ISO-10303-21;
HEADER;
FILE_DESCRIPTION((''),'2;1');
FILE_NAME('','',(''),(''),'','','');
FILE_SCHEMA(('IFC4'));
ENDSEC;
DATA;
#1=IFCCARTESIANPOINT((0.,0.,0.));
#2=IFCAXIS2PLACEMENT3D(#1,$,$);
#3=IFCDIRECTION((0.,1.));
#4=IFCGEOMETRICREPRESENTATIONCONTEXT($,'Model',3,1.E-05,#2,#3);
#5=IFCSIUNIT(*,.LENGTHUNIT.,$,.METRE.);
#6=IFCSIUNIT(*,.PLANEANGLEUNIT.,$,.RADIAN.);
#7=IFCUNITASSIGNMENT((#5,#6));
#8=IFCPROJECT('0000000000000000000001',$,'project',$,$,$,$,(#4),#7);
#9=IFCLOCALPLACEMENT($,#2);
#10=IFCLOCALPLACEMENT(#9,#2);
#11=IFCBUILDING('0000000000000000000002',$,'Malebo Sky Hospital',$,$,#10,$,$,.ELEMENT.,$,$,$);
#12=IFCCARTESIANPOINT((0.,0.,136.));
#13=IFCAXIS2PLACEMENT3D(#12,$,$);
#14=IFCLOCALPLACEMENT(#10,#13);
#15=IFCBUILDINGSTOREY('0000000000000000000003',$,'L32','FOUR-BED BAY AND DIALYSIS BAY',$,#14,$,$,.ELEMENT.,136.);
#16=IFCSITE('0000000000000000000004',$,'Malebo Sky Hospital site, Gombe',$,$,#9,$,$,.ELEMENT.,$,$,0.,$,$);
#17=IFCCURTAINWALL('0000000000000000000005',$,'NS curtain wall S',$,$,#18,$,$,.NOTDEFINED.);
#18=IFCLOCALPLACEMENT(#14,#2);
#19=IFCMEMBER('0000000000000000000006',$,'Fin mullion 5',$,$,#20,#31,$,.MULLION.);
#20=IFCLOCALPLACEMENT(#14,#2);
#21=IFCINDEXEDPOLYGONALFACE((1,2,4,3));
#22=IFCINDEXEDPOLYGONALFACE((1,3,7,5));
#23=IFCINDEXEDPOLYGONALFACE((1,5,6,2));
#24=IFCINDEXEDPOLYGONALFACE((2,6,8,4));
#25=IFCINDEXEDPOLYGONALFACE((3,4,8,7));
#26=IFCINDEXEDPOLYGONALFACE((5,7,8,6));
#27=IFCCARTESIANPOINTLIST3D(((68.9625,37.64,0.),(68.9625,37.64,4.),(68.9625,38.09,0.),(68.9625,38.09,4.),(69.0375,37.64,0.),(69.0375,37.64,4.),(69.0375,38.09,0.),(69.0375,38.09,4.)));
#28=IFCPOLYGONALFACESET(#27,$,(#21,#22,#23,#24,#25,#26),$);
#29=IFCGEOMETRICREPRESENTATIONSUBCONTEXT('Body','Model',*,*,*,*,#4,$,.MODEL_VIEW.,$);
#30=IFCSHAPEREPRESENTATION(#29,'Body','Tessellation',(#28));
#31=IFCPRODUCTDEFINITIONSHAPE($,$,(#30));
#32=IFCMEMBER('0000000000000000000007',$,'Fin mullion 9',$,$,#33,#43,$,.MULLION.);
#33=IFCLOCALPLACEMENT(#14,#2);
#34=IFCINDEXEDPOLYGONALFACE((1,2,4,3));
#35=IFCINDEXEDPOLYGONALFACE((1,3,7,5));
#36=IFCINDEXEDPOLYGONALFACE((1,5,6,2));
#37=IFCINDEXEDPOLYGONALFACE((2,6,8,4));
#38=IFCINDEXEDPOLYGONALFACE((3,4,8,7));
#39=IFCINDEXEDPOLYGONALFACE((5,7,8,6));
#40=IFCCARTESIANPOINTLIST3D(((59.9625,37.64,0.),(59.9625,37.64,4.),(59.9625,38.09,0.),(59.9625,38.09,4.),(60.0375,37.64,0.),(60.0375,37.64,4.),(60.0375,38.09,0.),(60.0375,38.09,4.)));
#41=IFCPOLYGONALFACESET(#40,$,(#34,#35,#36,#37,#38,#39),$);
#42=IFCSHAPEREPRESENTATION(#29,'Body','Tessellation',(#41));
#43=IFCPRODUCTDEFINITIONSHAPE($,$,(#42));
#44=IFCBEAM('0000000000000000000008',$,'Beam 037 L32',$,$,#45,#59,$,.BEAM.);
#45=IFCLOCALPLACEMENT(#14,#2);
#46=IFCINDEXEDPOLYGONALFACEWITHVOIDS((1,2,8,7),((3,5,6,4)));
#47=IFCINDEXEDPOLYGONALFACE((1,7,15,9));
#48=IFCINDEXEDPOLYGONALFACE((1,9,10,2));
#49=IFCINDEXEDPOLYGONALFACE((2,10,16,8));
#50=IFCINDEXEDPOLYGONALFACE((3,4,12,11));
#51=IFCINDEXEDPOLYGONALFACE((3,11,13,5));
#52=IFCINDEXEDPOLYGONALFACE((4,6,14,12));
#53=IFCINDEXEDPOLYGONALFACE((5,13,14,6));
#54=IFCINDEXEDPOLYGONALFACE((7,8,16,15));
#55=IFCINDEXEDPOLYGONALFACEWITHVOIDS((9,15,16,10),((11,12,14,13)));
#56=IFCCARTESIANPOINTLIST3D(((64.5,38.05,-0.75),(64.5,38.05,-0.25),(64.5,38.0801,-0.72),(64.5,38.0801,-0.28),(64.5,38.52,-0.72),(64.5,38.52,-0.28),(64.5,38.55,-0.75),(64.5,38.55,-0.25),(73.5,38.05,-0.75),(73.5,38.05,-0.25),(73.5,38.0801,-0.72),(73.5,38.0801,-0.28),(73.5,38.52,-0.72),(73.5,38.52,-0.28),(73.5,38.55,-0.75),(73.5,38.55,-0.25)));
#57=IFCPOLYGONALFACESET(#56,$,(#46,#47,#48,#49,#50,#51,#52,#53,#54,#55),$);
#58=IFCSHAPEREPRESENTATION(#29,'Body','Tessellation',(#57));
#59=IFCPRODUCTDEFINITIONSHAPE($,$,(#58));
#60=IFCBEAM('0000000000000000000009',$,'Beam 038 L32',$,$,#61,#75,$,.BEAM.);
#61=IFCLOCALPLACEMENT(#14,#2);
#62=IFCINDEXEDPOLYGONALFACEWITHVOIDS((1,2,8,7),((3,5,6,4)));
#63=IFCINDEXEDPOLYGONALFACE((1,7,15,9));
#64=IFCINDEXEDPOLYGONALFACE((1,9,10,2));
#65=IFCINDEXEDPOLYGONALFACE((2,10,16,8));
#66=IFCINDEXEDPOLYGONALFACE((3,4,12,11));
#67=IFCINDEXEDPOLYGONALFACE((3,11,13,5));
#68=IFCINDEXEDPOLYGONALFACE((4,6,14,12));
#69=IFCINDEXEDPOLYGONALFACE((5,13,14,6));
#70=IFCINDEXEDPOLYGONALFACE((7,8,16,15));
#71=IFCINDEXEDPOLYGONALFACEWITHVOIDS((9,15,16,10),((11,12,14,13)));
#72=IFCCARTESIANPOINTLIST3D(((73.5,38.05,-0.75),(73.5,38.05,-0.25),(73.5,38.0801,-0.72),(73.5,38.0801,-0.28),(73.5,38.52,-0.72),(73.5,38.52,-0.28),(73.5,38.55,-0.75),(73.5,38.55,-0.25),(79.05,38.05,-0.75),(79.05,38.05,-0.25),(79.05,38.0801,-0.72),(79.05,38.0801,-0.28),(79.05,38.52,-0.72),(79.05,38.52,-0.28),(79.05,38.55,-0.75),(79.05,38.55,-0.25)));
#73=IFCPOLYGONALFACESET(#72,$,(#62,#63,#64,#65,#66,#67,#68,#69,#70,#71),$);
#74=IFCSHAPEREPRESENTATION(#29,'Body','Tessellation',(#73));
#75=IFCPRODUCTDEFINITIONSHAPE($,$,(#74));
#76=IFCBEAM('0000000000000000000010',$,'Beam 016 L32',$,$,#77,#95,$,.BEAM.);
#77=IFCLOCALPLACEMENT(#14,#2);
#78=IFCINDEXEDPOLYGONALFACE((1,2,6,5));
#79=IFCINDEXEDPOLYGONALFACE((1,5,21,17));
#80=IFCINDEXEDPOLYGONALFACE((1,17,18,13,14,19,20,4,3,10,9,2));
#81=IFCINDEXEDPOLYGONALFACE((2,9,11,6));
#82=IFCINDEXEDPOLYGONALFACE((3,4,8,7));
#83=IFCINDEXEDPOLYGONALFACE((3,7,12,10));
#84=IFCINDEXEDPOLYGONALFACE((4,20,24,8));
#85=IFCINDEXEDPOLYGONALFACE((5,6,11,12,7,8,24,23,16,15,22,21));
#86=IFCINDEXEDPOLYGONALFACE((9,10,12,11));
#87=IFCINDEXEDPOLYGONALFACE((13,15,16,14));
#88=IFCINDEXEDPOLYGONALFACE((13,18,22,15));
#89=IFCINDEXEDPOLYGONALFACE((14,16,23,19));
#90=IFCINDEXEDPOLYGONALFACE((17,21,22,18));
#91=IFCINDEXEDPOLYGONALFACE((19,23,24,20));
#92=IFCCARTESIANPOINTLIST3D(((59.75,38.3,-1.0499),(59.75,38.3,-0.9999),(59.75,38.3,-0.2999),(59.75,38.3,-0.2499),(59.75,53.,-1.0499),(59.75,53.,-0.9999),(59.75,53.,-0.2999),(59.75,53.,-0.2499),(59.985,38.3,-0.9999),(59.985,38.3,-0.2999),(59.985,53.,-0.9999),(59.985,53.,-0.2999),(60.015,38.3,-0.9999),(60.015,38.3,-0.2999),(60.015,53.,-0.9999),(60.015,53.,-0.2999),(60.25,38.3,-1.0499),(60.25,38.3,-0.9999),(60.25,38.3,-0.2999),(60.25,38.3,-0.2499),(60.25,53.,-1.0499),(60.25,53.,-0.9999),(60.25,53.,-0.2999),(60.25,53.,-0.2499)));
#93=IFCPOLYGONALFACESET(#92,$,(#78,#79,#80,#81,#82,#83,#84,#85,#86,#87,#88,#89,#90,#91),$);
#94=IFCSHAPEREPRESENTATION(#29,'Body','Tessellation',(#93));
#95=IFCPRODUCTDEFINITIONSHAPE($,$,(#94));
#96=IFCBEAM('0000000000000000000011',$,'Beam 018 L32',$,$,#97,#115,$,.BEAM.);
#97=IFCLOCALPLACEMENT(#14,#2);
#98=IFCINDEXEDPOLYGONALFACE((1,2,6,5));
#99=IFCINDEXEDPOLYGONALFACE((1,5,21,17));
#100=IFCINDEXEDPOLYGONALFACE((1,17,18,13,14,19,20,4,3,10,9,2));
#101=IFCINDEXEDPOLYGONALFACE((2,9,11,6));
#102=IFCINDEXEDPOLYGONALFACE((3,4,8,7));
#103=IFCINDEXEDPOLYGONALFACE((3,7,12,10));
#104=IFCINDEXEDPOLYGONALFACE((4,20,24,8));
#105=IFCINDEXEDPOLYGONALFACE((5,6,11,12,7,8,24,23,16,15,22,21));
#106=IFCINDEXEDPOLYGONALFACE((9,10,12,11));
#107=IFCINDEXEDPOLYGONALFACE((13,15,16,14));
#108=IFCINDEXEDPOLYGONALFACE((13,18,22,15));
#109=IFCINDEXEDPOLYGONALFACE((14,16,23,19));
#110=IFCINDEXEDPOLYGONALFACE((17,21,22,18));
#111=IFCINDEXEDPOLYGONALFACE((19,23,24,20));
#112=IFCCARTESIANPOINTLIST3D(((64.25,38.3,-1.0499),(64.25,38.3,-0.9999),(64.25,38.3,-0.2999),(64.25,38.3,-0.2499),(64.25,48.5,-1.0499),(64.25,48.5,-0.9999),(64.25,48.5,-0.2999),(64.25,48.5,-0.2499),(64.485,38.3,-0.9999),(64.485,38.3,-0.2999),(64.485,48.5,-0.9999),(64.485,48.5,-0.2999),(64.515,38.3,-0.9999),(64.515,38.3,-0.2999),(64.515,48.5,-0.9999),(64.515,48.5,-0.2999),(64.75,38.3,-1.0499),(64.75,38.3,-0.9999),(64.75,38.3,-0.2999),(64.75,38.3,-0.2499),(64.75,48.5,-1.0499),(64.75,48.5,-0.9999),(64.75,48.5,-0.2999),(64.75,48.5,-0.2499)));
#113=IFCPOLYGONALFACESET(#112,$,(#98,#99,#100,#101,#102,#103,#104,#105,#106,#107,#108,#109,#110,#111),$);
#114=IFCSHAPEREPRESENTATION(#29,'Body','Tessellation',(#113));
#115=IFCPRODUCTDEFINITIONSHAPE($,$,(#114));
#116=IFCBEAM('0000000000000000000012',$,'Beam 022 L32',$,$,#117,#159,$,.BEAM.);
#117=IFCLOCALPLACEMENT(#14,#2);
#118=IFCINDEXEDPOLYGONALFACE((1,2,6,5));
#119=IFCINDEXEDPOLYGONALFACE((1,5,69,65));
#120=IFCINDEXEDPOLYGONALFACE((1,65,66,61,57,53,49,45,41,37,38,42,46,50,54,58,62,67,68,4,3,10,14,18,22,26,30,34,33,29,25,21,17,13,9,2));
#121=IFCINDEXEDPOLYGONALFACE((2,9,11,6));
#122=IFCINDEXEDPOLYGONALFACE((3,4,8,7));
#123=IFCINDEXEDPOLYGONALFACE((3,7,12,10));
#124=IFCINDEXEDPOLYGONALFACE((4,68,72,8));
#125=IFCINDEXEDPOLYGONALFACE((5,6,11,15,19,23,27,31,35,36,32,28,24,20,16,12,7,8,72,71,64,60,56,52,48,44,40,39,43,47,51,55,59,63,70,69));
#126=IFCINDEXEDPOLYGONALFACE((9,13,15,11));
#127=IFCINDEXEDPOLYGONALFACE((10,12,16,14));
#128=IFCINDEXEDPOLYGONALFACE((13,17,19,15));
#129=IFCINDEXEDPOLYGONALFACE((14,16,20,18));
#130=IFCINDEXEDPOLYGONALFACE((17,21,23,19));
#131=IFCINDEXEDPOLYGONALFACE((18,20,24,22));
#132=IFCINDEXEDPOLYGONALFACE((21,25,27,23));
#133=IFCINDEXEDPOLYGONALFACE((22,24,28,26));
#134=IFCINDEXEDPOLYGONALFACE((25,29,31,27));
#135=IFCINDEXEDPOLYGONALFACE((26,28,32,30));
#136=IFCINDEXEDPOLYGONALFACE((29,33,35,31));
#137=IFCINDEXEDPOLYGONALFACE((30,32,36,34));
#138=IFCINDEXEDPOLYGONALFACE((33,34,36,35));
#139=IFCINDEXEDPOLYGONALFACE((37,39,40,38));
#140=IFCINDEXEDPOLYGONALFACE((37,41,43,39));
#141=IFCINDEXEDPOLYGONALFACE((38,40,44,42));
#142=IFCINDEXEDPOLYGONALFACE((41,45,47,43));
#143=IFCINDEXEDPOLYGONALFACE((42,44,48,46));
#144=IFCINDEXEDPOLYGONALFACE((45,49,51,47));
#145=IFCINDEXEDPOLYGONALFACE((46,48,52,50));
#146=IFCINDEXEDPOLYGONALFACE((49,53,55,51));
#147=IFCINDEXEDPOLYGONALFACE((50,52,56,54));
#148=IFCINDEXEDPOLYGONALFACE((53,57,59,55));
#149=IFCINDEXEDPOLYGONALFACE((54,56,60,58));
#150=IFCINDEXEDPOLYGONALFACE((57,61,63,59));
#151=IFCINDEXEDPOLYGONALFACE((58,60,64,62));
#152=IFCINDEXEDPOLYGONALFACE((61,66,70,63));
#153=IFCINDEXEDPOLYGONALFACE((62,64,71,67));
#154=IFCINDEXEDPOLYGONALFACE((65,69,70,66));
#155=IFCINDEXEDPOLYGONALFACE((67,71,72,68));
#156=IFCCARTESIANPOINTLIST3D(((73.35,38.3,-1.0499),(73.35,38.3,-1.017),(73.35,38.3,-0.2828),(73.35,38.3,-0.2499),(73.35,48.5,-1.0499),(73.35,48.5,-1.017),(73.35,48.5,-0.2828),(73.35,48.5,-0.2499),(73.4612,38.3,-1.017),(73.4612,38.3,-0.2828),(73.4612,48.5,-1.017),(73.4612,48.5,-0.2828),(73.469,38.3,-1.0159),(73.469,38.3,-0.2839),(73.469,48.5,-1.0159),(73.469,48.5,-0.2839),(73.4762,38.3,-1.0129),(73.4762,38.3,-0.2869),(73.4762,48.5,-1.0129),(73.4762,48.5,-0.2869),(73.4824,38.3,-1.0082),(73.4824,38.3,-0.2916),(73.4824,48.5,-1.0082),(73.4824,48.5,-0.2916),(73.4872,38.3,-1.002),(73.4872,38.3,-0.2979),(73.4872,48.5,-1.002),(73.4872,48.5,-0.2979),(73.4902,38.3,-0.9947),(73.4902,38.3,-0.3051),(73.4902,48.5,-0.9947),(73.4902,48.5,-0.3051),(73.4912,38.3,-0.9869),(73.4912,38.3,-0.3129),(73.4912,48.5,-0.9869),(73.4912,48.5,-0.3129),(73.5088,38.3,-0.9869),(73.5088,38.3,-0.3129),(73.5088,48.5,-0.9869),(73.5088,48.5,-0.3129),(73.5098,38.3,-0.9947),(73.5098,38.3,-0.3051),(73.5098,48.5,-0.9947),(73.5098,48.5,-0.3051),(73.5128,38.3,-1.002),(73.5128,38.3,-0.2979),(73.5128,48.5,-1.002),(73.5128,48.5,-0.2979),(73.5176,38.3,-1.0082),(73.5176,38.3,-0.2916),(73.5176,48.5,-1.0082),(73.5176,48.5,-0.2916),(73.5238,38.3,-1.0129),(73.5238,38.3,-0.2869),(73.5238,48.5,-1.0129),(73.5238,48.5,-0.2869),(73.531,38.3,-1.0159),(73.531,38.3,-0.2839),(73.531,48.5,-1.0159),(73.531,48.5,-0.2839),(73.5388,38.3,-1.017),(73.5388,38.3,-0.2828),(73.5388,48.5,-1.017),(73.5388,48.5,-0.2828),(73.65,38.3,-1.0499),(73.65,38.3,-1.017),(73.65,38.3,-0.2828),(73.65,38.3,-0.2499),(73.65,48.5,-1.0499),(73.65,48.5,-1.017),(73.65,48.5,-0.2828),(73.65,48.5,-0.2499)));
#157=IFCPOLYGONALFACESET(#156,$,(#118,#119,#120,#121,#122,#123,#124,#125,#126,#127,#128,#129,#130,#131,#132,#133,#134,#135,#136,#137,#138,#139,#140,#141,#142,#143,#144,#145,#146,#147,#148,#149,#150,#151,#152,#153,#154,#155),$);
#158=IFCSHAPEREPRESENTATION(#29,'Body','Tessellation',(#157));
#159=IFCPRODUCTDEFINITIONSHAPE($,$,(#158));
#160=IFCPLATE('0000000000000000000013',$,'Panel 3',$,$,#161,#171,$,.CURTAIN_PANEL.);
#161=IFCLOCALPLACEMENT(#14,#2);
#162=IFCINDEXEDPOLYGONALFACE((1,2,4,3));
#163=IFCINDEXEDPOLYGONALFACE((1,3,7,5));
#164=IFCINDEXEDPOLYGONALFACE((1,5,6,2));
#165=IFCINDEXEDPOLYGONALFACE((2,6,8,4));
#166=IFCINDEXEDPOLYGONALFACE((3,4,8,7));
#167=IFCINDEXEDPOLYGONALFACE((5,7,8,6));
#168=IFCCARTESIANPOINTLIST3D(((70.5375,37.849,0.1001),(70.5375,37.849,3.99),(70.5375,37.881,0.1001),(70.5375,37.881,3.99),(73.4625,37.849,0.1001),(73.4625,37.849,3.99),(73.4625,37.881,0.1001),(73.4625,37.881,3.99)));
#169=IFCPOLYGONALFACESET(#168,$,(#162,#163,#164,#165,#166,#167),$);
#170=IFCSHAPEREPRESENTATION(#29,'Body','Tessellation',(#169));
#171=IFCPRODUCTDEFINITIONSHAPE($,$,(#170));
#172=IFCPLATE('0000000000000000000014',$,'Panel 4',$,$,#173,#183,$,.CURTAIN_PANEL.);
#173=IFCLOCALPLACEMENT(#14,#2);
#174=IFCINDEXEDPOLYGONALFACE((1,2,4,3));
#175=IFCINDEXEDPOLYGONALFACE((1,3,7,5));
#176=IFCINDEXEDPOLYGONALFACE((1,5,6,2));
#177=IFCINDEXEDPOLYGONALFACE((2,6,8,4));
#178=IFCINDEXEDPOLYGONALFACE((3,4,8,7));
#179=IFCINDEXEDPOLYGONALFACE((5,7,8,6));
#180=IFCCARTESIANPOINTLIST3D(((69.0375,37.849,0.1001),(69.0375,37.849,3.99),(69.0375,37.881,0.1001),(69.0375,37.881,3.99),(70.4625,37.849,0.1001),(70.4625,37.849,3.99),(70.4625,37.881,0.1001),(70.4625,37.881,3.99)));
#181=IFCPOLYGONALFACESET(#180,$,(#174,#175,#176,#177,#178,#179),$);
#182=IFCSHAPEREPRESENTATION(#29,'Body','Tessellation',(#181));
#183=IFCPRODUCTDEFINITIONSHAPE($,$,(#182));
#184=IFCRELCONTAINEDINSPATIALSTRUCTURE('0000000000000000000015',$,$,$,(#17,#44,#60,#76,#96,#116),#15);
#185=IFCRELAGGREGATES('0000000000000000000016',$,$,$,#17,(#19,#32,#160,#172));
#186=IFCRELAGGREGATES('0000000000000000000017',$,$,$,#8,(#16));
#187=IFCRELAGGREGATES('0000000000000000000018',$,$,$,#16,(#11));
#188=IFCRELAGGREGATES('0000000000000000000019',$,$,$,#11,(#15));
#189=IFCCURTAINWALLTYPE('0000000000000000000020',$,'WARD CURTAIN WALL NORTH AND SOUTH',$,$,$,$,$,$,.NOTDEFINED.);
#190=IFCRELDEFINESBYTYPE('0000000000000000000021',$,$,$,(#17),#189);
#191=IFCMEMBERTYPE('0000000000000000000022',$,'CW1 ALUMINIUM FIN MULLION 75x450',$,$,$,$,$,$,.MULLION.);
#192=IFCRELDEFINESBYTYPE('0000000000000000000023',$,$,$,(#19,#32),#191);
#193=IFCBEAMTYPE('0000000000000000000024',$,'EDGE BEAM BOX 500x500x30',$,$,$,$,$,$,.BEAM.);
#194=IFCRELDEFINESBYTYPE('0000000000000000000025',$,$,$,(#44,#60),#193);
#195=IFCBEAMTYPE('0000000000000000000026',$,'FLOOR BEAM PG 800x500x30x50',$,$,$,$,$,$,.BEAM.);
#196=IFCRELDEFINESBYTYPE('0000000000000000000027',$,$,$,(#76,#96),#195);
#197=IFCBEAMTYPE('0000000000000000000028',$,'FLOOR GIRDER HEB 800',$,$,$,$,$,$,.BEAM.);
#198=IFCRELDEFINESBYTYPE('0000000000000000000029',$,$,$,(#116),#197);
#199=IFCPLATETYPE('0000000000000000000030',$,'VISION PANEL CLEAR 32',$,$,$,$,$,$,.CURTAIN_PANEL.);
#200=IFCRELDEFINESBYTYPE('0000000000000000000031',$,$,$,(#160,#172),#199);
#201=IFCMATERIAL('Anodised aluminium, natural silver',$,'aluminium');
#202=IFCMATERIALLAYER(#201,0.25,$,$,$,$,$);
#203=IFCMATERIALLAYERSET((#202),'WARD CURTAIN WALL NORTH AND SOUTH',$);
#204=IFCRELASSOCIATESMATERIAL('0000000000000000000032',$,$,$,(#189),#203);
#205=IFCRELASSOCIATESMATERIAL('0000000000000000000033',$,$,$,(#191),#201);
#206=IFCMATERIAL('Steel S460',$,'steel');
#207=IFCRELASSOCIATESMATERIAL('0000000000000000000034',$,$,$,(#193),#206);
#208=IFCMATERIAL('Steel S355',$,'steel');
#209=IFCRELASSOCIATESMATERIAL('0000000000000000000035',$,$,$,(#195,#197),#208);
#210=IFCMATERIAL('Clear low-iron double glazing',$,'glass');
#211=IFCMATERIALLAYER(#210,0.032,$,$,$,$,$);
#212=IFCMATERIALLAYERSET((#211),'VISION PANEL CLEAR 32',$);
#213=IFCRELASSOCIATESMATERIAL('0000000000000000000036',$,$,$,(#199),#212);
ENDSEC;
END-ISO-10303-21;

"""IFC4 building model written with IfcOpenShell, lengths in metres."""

from ifc_helpers import new_model, si_unit, direction, frame, origin, origin_2d, place, context, subcontext, project, spatial, rectangle, hollow_rectangle, i_section, extrude, material, layer, layer_set, material_profile, profile_set, type_object, element, aggregate, save


model = new_model("IFC4")

# Units and contexts
model_context = context("Model", 3, precision=1e-05, world=origin(), true_north=direction((0.0, 1.0)))
body_context = subcontext(model_context, "Body", "Model", "MODEL_VIEW")
ifc_project = project(units=[si_unit("LENGTHUNIT", "METRE"), si_unit("PLANEANGLEUNIT", "RADIAN")], contexts=[model_context])

# Site, building, storey
site_placement = place(None, origin())
site = spatial("IfcSite", under=ifc_project, at=site_placement, Name="Malebo Sky Hospital site, Gombe", CompositionType="ELEMENT", RefElevation=0.0)
building_placement = place(site_placement, origin())
building = spatial("IfcBuilding", under=site, at=building_placement, Name="Malebo Sky Hospital", CompositionType="ELEMENT")
storey_placement = place(building_placement, frame((0.0, 0.0, 136.0)))
storey = spatial("IfcBuildingStorey", under=building, at=storey_placement, Name="L32", Description="FOUR-BED BAY AND DIALYSIS BAY", CompositionType="ELEMENT", Elevation=136.0)

# Shared definitions
ifc_material_1 = material(Name="Steel S460", Category="steel")

# Curtain wall, members
ifc_material_2 = material(Name="Anodised aluminium, natural silver", Category="aluminium")
ifc_layer_1 = layer(ifc_material_2, 0.25)
ifc_layer_set_1 = layer_set([ifc_layer_1], Name="WARD CURTAIN WALL NORTH AND SOUTH")
curtain_wall_type = type_object("IfcCurtainWallType", Name="WARD CURTAIN WALL NORTH AND SOUTH", PredefinedType="NOTDEFINED", material=ifc_layer_set_1)
curtain_wall_placement = place(storey_placement, origin())
curtain_wall = element("IfcCurtainWall", 1, at=curtain_wall_placement, inside=storey, type_object=curtain_wall_type, Name="NS curtain wall S", PredefinedType="NOTDEFINED")
ifc_material_profile_1 = material_profile(ifc_material_2, rectangle(XDim=0.075, YDim=0.45, at=origin_2d()), Name="CW1 ALUMINIUM FIN MULLION 75x450")
ifc_profile_set_1 = profile_set([ifc_material_profile_1], Name="Anodised aluminium, natural silver")
member_type_1 = type_object("IfcMemberType", Name="CW1 ALUMINIUM FIN MULLION 75x450", PredefinedType="MULLION", material=ifc_profile_set_1)
member_1_placement = place(storey_placement, frame((69.0, 37.865, 0.0), z_axis=(0.0, 0.0, 1.0), x_axis=(-1.0, 0.0, 0.0)))
member_1 = element("IfcMember", 2, at=member_1_placement, type_object=member_type_1, Name="Fin mullion 5", PredefinedType="MULLION", context=body_context, shape_type="SweptSolid", body=[
    extrude(rectangle(XDim=0.075, YDim=0.45, at=origin_2d()), origin(), (0.0, 0.0, 1.0), 4.0),
])
member_2_placement = place(storey_placement, frame((60.0, 37.865, 0.0), z_axis=(0.0, 0.0, 1.0), x_axis=(-1.0, 0.0, 0.0)))
member_2 = element("IfcMember", 3, at=member_2_placement, type_object=member_type_1, Name="Fin mullion 9", PredefinedType="MULLION", context=body_context, shape_type="SweptSolid", body=[
    extrude(rectangle(XDim=0.075, YDim=0.45, at=origin_2d()), origin(), (0.0, 0.0, 1.0), 4.0),
])

# Beams
ifc_material_profile_2 = material_profile(ifc_material_1, hollow_rectangle(XDim=0.5, YDim=0.5, WallThickness=0.03, at=origin_2d()), Name="BOX 500x500x30")
ifc_profile_set_2 = profile_set([ifc_material_profile_2], Name="Steel S460")
beam_type_1 = type_object("IfcBeamType", Name="EDGE BEAM BOX 500x500x30", PredefinedType="BEAM", material=ifc_profile_set_2)
beam_1_placement = place(storey_placement, frame((64.5, 38.3, -0.5), z_axis=(1.0, 0.0, 0.0), x_axis=(0.0, 1.0, 0.0)))
element("IfcBeam", 4, at=beam_1_placement, inside=storey, type_object=beam_type_1, Name="Beam 037 L32", PredefinedType="BEAM", context=body_context, shape_type="SweptSolid", body=[
    extrude(hollow_rectangle(XDim=0.5, YDim=0.5, WallThickness=0.03, at=origin_2d()), origin(), (0.0, 0.0, 1.0), 9.0),
])
beam_2_placement = place(storey_placement, frame((73.5, 38.3, -0.5), z_axis=(1.0, 0.0, 0.0), x_axis=(0.0, 1.0, 0.0)))
element("IfcBeam", 5, at=beam_2_placement, inside=storey, type_object=beam_type_1, Name="Beam 038 L32", PredefinedType="BEAM", context=body_context, shape_type="SweptSolid", body=[
    extrude(hollow_rectangle(XDim=0.5, YDim=0.5, WallThickness=0.03, at=origin_2d()), origin(), (0.0, 0.0, 1.0), 5.55),
])
ifc_material_3 = material(Name="Steel S355", Category="steel")
ifc_material_profile_3 = material_profile(ifc_material_3, i_section(OverallWidth=0.5, OverallDepth=0.8, WebThickness=0.03, FlangeThickness=0.05, at=origin_2d()), Name="PG 800x500x30x50")
ifc_profile_set_3 = profile_set([ifc_material_profile_3], Name="Steel S355")
beam_type_2 = type_object("IfcBeamType", Name="FLOOR BEAM PG 800x500x30x50", PredefinedType="BEAM", material=ifc_profile_set_3)
beam_3_placement = place(storey_placement, frame((60.0, 38.3, -0.6499), z_axis=(0.0, 1.0, 0.0), x_axis=(-1.0, 0.0, 0.0)))
element("IfcBeam", 6, at=beam_3_placement, inside=storey, type_object=beam_type_2, Name="Beam 016 L32", PredefinedType="BEAM", context=body_context, shape_type="SweptSolid", body=[
    extrude(i_section(OverallWidth=0.5, OverallDepth=0.8, WebThickness=0.03, FlangeThickness=0.05, at=origin_2d()), origin(), (0.0, 0.0, 1.0), 14.7),
])
beam_4_placement = place(storey_placement, frame((64.5, 38.3, -0.6499), z_axis=(0.0, 1.0, 0.0), x_axis=(-1.0, 0.0, 0.0)))
element("IfcBeam", 7, at=beam_4_placement, inside=storey, type_object=beam_type_2, Name="Beam 018 L32", PredefinedType="BEAM", context=body_context, shape_type="SweptSolid", body=[
    extrude(i_section(OverallWidth=0.5, OverallDepth=0.8, WebThickness=0.03, FlangeThickness=0.05, at=origin_2d()), origin(), (0.0, 0.0, 1.0), 10.2),
])
ifc_material_profile_4 = material_profile(ifc_material_3, i_section(OverallWidth=0.3, OverallDepth=0.8, WebThickness=0.0176, FlangeThickness=0.033, FilletRadius=0.03, at=origin_2d()), Name="HEB 800")
ifc_profile_set_4 = profile_set([ifc_material_profile_4], Name="Steel S355")
beam_type_3 = type_object("IfcBeamType", Name="FLOOR GIRDER HEB 800", PredefinedType="BEAM", material=ifc_profile_set_4)
beam_5_placement = place(storey_placement, frame((73.5, 38.3, -0.6499), z_axis=(0.0, 1.0, 0.0), x_axis=(-1.0, 0.0, 0.0)))
element("IfcBeam", 8, at=beam_5_placement, inside=storey, type_object=beam_type_3, Name="Beam 022 L32", PredefinedType="BEAM", context=body_context, shape_type="SweptSolid", body=[
    extrude(i_section(OverallWidth=0.3, OverallDepth=0.8, WebThickness=0.0176, FlangeThickness=0.033, FilletRadius=0.03, at=origin_2d()), origin(), (0.0, 0.0, 1.0), 10.2),
])

# Plates
ifc_material_4 = material(Name="Clear low-iron double glazing", Category="glass")
ifc_layer_2 = layer(ifc_material_4, 0.032)
ifc_layer_set_2 = layer_set([ifc_layer_2], Name="VISION PANEL CLEAR 32")
plate_type = type_object("IfcPlateType", Name="VISION PANEL CLEAR 32", PredefinedType="CURTAIN_PANEL", material=ifc_layer_set_2)
plate_1_placement = place(storey_placement, frame((72.0, 37.865, 0.1001), z_axis=(0.0, 0.0, 1.0), x_axis=(-1.0, 0.0, 0.0)))
plate_1 = element("IfcPlate", 9, at=plate_1_placement, type_object=plate_type, Name="Panel 3", PredefinedType="CURTAIN_PANEL", context=body_context, shape_type="SweptSolid", body=[
    extrude(rectangle(XDim=2.925, YDim=0.032, at=origin_2d()), origin(), (0.0, 0.0, 1.0), 3.8899),
])
plate_2_placement = place(storey_placement, frame((69.75, 37.865, 0.1001), z_axis=(0.0, 0.0, 1.0), x_axis=(-1.0, 0.0, 0.0)))
plate_2 = element("IfcPlate", 10, at=plate_2_placement, type_object=plate_type, Name="Panel 4", PredefinedType="CURTAIN_PANEL", context=body_context, shape_type="SweptSolid", body=[
    extrude(rectangle(XDim=1.425, YDim=0.032, at=origin_2d()), origin(), (0.0, 0.0, 1.0), 3.8899),
])
aggregate(curtain_wall, [member_1, member_2, plate_1, plate_2])

save(model, "model.ifc")
